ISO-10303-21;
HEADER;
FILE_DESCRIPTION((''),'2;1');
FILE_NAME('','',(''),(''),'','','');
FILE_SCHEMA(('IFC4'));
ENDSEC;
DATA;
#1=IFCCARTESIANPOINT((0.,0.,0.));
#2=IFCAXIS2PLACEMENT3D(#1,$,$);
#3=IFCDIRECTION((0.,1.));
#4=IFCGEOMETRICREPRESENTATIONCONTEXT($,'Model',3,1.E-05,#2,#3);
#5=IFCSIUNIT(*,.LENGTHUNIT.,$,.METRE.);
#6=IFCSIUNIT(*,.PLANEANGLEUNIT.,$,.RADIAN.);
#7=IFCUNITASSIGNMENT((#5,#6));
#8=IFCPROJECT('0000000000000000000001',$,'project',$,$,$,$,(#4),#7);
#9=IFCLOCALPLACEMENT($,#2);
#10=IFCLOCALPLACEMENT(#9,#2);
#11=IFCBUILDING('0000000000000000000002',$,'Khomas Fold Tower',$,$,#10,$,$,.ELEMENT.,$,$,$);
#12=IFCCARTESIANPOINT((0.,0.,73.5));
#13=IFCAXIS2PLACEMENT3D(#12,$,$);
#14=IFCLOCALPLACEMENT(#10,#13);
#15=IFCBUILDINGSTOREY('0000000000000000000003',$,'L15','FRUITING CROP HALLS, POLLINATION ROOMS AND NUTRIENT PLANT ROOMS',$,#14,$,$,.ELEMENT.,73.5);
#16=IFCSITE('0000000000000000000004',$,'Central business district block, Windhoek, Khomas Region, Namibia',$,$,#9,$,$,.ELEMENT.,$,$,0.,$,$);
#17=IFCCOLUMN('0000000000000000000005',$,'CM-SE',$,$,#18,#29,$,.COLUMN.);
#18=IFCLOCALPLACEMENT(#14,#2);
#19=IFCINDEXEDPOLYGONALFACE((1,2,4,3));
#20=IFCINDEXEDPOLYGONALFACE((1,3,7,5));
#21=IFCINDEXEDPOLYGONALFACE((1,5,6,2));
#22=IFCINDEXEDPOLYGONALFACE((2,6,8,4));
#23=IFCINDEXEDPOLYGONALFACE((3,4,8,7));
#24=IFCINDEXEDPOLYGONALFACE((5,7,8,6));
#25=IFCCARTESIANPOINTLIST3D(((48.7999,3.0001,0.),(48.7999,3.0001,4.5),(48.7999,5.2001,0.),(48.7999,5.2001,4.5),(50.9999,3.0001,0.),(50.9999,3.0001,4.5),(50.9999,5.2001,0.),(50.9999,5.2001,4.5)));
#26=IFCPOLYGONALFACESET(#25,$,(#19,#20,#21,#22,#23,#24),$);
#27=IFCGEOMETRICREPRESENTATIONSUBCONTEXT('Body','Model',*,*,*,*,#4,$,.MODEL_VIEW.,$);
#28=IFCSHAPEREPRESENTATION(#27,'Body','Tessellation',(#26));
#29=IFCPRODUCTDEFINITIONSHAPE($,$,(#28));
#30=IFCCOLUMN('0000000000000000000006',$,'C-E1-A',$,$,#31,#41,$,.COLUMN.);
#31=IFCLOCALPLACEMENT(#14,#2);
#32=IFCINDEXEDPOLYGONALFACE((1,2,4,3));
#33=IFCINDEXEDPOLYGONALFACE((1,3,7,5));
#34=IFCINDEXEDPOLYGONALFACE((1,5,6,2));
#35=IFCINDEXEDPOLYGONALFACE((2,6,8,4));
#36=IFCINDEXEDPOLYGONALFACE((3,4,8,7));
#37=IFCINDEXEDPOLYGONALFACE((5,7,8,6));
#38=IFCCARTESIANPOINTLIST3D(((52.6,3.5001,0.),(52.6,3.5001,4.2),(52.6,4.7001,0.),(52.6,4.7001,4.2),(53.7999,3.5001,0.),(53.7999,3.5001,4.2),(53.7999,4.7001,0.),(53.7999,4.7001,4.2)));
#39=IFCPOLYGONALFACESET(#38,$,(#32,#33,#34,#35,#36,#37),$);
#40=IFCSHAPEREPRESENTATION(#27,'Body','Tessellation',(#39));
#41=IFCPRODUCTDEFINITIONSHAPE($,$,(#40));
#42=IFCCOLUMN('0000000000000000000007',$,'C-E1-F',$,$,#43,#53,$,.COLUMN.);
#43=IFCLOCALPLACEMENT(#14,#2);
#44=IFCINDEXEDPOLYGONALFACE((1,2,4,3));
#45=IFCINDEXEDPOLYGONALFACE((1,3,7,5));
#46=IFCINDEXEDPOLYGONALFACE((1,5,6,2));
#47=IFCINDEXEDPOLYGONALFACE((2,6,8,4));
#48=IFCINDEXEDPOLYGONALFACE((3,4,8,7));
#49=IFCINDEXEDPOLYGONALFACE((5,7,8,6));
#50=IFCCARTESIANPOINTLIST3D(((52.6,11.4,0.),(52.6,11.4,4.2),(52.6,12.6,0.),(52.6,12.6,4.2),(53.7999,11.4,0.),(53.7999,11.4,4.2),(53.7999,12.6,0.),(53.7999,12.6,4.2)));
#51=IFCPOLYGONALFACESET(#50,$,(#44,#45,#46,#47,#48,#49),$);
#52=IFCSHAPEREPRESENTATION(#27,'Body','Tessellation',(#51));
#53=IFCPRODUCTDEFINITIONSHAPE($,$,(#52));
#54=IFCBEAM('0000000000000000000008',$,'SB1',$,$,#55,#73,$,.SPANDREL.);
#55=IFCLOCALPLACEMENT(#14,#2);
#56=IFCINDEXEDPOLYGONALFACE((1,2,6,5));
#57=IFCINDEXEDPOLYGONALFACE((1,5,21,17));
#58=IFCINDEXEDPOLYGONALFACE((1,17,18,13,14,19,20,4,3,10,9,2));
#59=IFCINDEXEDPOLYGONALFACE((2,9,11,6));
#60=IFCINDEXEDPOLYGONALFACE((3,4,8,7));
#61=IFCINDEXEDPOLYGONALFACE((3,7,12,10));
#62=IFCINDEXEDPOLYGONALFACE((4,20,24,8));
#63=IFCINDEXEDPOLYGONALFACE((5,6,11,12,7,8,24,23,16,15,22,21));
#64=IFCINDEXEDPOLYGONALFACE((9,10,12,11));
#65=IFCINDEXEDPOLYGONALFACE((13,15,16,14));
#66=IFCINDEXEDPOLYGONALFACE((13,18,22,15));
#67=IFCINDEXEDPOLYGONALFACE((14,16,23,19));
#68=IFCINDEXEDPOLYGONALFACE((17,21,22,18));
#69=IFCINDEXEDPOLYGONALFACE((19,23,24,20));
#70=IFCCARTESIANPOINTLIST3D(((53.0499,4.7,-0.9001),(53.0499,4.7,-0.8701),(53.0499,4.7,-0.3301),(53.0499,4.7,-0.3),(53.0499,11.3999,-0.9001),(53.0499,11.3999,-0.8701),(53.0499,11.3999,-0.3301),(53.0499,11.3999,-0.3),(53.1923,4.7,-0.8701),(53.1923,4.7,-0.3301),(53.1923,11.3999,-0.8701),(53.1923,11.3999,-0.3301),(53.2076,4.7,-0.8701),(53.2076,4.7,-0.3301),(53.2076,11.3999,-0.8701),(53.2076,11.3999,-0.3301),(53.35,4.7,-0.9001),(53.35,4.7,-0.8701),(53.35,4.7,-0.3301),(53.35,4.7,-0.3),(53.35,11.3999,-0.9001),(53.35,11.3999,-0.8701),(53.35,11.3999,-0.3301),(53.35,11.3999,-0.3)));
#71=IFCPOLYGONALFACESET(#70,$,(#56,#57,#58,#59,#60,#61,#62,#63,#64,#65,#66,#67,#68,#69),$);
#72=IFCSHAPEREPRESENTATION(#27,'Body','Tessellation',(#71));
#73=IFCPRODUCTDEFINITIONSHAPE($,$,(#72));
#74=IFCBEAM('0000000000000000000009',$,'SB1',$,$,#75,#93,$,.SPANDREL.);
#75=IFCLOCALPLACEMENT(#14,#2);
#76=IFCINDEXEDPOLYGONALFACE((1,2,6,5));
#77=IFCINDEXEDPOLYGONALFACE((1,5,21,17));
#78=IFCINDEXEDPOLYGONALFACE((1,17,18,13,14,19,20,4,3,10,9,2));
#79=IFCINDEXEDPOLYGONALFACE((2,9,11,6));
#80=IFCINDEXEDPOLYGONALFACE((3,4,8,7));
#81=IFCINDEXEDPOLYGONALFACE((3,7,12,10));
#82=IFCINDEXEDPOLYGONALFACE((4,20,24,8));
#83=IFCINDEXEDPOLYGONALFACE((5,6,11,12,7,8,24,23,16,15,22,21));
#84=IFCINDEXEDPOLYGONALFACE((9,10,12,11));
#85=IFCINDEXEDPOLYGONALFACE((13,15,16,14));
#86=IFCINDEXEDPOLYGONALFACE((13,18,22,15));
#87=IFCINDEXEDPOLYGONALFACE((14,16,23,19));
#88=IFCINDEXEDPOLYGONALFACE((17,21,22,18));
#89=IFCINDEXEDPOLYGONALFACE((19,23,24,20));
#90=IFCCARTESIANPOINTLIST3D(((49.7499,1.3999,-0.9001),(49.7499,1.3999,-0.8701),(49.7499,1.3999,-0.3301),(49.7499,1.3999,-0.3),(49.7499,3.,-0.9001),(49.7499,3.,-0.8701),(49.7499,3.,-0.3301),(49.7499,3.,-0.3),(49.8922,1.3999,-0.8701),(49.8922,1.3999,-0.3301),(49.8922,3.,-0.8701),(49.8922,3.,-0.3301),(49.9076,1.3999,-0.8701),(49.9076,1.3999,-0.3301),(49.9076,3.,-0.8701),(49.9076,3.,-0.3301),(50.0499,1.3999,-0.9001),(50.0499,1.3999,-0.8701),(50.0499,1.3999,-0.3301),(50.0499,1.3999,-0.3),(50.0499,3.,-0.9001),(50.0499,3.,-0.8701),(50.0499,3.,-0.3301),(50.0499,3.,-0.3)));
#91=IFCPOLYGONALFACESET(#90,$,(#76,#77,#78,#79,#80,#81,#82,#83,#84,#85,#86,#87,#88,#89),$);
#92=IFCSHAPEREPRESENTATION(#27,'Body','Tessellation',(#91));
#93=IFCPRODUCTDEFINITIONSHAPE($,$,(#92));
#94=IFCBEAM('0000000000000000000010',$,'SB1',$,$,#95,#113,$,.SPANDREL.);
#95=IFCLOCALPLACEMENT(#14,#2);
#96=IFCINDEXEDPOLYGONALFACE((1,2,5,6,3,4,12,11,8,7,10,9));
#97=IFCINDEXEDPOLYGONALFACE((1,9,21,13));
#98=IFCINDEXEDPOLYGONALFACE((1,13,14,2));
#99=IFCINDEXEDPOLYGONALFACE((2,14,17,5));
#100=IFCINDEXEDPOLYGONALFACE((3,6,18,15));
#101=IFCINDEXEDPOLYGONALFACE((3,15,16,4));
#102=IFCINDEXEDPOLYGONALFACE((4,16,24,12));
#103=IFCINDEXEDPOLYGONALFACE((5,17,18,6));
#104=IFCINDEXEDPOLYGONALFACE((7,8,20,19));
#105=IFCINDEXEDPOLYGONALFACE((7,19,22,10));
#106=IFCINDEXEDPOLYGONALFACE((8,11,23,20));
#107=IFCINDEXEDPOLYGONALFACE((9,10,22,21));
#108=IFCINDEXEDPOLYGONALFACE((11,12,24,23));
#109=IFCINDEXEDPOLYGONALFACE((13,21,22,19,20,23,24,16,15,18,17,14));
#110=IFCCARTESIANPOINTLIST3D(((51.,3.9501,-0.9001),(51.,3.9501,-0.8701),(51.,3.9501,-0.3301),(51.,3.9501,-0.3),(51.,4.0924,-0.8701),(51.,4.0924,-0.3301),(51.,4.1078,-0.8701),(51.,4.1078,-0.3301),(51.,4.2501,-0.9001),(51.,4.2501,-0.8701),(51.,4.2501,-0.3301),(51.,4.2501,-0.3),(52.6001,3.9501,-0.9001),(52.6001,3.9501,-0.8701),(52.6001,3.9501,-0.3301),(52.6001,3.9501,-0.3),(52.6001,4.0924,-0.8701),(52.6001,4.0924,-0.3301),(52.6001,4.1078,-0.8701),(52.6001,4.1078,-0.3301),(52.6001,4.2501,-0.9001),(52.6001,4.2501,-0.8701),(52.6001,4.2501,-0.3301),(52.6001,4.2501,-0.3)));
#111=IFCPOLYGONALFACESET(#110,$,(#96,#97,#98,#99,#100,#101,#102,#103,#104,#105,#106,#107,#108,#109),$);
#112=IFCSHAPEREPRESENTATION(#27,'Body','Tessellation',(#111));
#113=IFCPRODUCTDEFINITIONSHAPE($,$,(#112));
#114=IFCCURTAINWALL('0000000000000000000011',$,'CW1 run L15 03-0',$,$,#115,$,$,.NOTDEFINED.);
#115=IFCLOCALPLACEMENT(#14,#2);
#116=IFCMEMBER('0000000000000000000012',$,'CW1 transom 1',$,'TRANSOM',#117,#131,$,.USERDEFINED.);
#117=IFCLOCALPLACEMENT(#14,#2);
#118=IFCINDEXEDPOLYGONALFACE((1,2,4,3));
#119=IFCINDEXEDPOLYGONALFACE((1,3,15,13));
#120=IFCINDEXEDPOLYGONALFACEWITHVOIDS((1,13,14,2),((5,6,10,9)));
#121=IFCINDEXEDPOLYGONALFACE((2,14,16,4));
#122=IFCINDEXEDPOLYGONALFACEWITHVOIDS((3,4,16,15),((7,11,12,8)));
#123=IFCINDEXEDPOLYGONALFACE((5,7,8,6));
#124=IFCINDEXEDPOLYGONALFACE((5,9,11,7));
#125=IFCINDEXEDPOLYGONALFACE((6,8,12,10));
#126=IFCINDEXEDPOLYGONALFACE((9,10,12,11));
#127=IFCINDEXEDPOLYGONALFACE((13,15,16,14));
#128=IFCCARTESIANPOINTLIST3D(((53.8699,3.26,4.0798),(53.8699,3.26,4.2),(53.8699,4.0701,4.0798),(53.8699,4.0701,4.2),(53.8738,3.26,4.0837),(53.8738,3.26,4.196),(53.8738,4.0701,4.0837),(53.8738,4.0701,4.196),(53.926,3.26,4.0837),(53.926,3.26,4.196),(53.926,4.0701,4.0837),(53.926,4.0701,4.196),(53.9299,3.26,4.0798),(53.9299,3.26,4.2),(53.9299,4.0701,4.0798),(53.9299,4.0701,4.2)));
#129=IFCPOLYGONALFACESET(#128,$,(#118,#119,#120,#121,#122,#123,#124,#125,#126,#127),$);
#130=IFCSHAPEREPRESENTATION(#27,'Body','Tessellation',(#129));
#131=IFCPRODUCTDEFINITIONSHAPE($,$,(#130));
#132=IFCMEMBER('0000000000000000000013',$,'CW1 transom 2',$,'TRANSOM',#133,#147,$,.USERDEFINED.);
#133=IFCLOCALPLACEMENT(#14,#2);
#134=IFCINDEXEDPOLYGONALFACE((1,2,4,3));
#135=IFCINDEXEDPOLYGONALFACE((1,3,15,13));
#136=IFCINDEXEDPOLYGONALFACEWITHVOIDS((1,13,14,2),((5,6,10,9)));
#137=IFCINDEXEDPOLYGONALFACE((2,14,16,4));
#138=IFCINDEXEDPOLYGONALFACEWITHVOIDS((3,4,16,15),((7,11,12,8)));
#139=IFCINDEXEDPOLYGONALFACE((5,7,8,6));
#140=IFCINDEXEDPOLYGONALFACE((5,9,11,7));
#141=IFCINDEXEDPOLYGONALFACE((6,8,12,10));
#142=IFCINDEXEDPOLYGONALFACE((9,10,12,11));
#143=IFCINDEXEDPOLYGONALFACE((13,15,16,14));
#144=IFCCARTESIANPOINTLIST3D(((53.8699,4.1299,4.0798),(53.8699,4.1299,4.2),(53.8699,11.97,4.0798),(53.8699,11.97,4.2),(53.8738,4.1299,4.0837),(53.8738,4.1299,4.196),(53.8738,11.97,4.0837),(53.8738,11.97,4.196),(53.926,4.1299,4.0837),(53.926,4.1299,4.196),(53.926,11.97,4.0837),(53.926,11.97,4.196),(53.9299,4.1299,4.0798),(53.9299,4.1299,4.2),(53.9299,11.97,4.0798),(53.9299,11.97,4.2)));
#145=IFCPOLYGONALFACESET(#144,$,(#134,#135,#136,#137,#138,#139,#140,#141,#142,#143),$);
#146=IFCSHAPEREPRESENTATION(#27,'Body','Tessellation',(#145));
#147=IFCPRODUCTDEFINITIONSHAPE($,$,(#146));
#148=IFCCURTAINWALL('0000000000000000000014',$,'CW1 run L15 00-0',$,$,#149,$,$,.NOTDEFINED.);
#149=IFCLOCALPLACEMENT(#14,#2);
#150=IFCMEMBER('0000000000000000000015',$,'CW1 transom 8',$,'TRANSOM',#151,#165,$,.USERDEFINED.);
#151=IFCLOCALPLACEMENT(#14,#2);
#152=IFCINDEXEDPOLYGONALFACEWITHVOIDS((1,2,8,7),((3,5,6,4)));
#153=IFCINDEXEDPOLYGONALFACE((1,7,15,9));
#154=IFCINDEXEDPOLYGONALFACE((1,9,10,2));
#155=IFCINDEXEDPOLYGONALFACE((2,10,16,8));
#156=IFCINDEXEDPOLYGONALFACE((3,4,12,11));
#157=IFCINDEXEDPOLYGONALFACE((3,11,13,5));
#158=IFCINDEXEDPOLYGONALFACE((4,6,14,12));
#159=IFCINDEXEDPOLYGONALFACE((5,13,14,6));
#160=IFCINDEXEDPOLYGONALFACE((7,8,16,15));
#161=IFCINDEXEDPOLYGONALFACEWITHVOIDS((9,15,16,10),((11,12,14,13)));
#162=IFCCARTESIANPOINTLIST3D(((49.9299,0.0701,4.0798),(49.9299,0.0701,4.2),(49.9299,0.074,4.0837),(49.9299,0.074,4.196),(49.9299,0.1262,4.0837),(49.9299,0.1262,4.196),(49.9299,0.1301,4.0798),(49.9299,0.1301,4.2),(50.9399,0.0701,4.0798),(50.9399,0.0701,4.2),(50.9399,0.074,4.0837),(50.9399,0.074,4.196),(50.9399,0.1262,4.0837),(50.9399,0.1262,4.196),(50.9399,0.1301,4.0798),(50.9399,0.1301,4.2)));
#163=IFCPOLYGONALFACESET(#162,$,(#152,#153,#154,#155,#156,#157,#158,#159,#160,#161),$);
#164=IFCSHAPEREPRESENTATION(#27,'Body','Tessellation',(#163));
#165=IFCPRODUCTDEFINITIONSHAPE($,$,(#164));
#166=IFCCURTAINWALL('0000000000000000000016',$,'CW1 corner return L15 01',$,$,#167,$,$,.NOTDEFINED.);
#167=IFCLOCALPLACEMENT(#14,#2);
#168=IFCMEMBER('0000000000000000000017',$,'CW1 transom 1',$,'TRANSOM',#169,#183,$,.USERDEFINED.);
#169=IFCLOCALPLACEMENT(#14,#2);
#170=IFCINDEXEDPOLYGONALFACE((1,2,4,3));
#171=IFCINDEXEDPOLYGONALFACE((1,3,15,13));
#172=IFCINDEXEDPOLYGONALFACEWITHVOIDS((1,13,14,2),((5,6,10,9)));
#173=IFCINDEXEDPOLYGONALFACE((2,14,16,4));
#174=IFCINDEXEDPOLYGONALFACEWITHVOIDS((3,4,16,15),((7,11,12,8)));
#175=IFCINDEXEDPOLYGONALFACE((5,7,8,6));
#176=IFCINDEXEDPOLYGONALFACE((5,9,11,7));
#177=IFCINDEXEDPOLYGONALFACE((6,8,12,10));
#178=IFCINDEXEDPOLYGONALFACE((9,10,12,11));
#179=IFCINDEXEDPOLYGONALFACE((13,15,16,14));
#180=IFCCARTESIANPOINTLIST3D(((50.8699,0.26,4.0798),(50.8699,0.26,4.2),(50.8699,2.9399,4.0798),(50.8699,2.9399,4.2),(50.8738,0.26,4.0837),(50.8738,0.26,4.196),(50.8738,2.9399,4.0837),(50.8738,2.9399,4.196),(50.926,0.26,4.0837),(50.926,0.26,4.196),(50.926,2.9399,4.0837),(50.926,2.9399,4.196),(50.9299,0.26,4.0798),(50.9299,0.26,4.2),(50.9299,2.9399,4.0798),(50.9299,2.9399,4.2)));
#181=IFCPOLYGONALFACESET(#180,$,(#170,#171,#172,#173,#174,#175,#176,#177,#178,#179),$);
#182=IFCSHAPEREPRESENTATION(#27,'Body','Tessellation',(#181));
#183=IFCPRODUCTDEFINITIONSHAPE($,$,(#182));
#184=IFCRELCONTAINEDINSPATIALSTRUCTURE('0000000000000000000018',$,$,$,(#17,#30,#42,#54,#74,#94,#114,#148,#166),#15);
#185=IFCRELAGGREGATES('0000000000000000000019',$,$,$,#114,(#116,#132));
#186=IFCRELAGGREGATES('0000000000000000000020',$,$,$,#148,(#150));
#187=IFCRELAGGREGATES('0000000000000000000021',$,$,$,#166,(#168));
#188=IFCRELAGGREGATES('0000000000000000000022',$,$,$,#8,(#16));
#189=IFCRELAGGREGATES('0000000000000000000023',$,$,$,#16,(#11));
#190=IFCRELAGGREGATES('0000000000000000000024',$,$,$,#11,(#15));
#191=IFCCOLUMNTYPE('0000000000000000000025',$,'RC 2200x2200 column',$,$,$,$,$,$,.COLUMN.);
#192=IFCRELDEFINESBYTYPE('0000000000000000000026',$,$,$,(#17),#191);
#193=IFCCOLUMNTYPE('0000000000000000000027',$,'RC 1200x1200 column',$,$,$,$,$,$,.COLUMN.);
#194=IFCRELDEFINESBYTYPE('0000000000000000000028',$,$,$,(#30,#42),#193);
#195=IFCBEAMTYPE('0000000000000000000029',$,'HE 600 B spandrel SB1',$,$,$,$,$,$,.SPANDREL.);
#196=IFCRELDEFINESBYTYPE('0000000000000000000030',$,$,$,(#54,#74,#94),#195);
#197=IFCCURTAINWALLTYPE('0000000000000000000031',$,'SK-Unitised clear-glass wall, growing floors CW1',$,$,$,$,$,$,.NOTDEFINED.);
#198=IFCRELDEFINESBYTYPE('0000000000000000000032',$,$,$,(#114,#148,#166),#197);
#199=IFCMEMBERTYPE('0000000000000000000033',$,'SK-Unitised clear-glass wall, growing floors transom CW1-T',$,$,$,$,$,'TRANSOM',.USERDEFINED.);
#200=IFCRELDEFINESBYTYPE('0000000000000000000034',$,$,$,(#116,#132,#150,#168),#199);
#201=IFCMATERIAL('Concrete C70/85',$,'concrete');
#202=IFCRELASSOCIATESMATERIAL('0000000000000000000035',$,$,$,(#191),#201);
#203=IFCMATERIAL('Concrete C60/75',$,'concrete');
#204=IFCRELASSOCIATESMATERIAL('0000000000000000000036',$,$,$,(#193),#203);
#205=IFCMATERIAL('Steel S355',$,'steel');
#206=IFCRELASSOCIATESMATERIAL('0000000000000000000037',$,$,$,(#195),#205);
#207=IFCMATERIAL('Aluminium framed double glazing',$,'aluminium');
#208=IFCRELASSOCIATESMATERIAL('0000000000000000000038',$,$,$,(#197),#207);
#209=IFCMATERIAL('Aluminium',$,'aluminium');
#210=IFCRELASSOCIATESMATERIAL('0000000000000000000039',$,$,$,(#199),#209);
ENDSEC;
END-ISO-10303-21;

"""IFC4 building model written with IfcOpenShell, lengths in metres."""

from ifc_helpers import new_model, si_unit, direction, frame, origin, origin_2d, place, context, subcontext, project, spatial, rectangle, hollow_rectangle, i_section, extrude, source, transform, mapped, material, material_profile, profile_set, type_object, element, aggregate, save


model = new_model("IFC4")

# Units and contexts
model_context = context("Model", 3, precision=1e-05, world=origin(), true_north=direction((0.0, 1.0)))
body_context = subcontext(model_context, "Body", "Model", "MODEL_VIEW")
ifc_project = project(units=[si_unit("LENGTHUNIT", "METRE"), si_unit("PLANEANGLEUNIT", "RADIAN")], contexts=[model_context])

# Site, building, storey
site_placement = place(None, origin())
site = spatial("IfcSite", under=ifc_project, at=site_placement, Name="Central business district block, Windhoek, Khomas Region, Namibia", CompositionType="ELEMENT", RefElevation=0.0)
building_placement = place(site_placement, origin())
building = spatial("IfcBuilding", under=site, at=building_placement, Name="Khomas Fold Tower", CompositionType="ELEMENT")
storey_placement = place(building_placement, frame((0.0, 0.0, 73.5)))
storey = spatial("IfcBuildingStorey", under=building, at=storey_placement, Name="L15", Description="FRUITING CROP HALLS, POLLINATION ROOMS AND NUTRIENT PLANT ROOMS", CompositionType="ELEMENT", Elevation=73.5)

# Columns
ifc_material_1 = material(Name="Concrete C70/85", Category="concrete")
ifc_material_profile_1 = material_profile(ifc_material_1, rectangle(XDim=2.2, YDim=2.2, at=origin_2d()), Name="RC 2200x2200")
ifc_profile_set_1 = profile_set([ifc_material_profile_1], Name="Concrete C70/85")
column_type_1 = type_object("IfcColumnType", Name="RC 2200x2200 column", PredefinedType="COLUMN", material=ifc_profile_set_1)
shared_shape_1 = source(origin(), body_context, "Body", "SweptSolid", [
    extrude(rectangle(XDim=2.2, YDim=2.2, at=origin_2d()), origin(), (0.0, 0.0, 1.0), 4.5),
])
column_placement = place(storey_placement, frame((49.8999, 4.1001, 0.0), z_axis=(0.0, 0.0, 1.0), x_axis=(1.0, 0.0, 0.0)))
element("IfcColumn", 1, at=column_placement, inside=storey, type_object=column_type_1, Name="CM-SE", PredefinedType="COLUMN", context=body_context, shape_type="MappedRepresentation", body=[
    mapped(shared_shape_1, transform((0.0, 0.0, 0.0))),
])
ifc_material_2 = material(Name="Concrete C60/75", Category="concrete")
ifc_material_profile_2 = material_profile(ifc_material_2, rectangle(XDim=1.2, YDim=1.2, at=origin_2d()), Name="RC 1200x1200")
ifc_profile_set_2 = profile_set([ifc_material_profile_2], Name="Concrete C60/75")
column_type_2 = type_object("IfcColumnType", Name="RC 1200x1200 column", PredefinedType="COLUMN", material=ifc_profile_set_2)
shared_shape_2 = source(origin(), body_context, "Body", "SweptSolid", [
    extrude(rectangle(XDim=1.2, YDim=1.2, at=origin_2d()), origin(), (0.0, 0.0, 1.0), 4.2),
])
for number, where, z_axis, x_axis, name in (
    (2, (53.2, 4.1001, 0.0), (0.0, 0.0, 1.0), (1.0, 0.0, 0.0), "C-E1-A"),
    (3, (53.2, 12.0, 0.0), (0.0, 0.0, 1.0), (1.0, 0.0, 0.0), "C-E1-F"),
):
    element("IfcColumn", number, at=place(storey_placement, frame(where, z_axis=z_axis, x_axis=x_axis)), inside=storey, type_object=column_type_2, Name=name, PredefinedType="COLUMN", context=body_context, shape_type="MappedRepresentation", body=[
        mapped(shared_shape_2, transform((0.0, 0.0, 0.0))),
    ])

# Beams
ifc_material_3 = material(Name="Steel S355", Category="steel")
ifc_material_profile_3 = material_profile(ifc_material_3, i_section(OverallWidth=0.3, OverallDepth=0.6001, WebThickness=0.0154, FlangeThickness=0.03, at=origin_2d()), Name="HE 600 B")
ifc_profile_set_3 = profile_set([ifc_material_profile_3], Name="Steel S355")
beam_type = type_object("IfcBeamType", Name="HE 600 B spandrel SB1", PredefinedType="SPANDREL", material=ifc_profile_set_3)
shared_shape_3 = source(origin(), body_context, "Body", "SweptSolid", [
    extrude(i_section(OverallWidth=0.3, OverallDepth=0.6001, WebThickness=0.0154, FlangeThickness=0.03, at=origin_2d()), origin(), (0.0, 0.0, 1.0), 6.7),
])
beam_placement = place(storey_placement, frame((53.2, 4.7, -0.6001), z_axis=(0.0, 1.0, 0.0), x_axis=(-1.0, 0.0, 0.0)))
element("IfcBeam", 4, at=beam_placement, inside=storey, type_object=beam_type, Name="SB1", PredefinedType="SPANDREL", context=body_context, shape_type="MappedRepresentation", body=[
    mapped(shared_shape_3, transform((0.0, 0.0, 0.0))),
])
shared_shape_4 = source(origin(), body_context, "Body", "SweptSolid", [
    extrude(i_section(OverallWidth=0.3, OverallDepth=0.6001, WebThickness=0.0154, FlangeThickness=0.03, at=origin_2d()), origin(), (0.0, 0.0, 1.0), 1.6001),
])
for number, where, z_axis, x_axis, name in (
    (5, (49.8999, 1.3999, -0.6001), (0.0, 1.0, 0.0), (-1.0, 0.0, 0.0), "SB1"),
    (6, (51.0, 4.1001, -0.6001), (1.0, 0.0, 0.0), (0.0, 1.0, 0.0), "SB1"),
):
    element("IfcBeam", number, at=place(storey_placement, frame(where, z_axis=z_axis, x_axis=x_axis)), inside=storey, type_object=beam_type, Name=name, PredefinedType="SPANDREL", context=body_context, shape_type="MappedRepresentation", body=[
        mapped(shared_shape_4, transform((0.0, 0.0, 0.0))),
    ])

# Curtain wall, members
ifc_material_4 = material(Name="Aluminium framed double glazing", Category="aluminium")
curtain_wall_type = type_object("IfcCurtainWallType", Name="SK-Unitised clear-glass wall, growing floors CW1", PredefinedType="NOTDEFINED", material=ifc_material_4)
curtain_wall_1_placement = place(storey_placement, origin())
curtain_wall_1 = element("IfcCurtainWall", 7, at=curtain_wall_1_placement, inside=storey, type_object=curtain_wall_type, Name="CW1 run L15 03-0", PredefinedType="NOTDEFINED")
ifc_material_5 = material(Name="Aluminium", Category="aluminium")
ifc_material_profile_4 = material_profile(ifc_material_5, hollow_rectangle(XDim=0.0601, YDim=0.1201, WallThickness=0.0039, at=origin_2d()), Name="SK-Unitised clear-glass wall, growing floors transom CW1-T")
ifc_profile_set_4 = profile_set([ifc_material_profile_4], Name="Aluminium")
member_type_1 = type_object("IfcMemberType", Name="SK-Unitised clear-glass wall, growing floors transom CW1-T", ElementType="TRANSOM", PredefinedType="USERDEFINED", material=ifc_profile_set_4)
shared_shape_5 = source(origin(), body_context, "Body", "SweptSolid", [
    extrude(hollow_rectangle(XDim=0.0601, YDim=0.1201, WallThickness=0.0039, at=origin_2d()), origin(), (0.0, 0.0, 1.0), 0.8101),
])
member_1_placement = place(storey_placement, frame((53.8999, 3.26, 4.1399), z_axis=(0.0, 1.0, 0.0), x_axis=(-1.0, 0.0, 0.0)))
member_1 = element("IfcMember", 8, at=member_1_placement, type_object=member_type_1, Name="CW1 transom 1", ObjectType="TRANSOM", PredefinedType="USERDEFINED", context=body_context, shape_type="MappedRepresentation", body=[
    mapped(shared_shape_5, transform((0.0, 0.0, 0.0))),
])
shared_shape_6 = source(origin(), body_context, "Body", "SweptSolid", [
    extrude(hollow_rectangle(XDim=0.0601, YDim=0.1201, WallThickness=0.0039, at=origin_2d()), origin(), (0.0, 0.0, 1.0), 7.8401),
])
member_2_placement = place(storey_placement, frame((53.8999, 4.1299, 4.1399), z_axis=(0.0, 1.0, 0.0), x_axis=(-1.0, 0.0, 0.0)))
member_2 = element("IfcMember", 9, at=member_2_placement, type_object=member_type_1, Name="CW1 transom 2", ObjectType="TRANSOM", PredefinedType="USERDEFINED", context=body_context, shape_type="MappedRepresentation", body=[
    mapped(shared_shape_6, transform((0.0, 0.0, 0.0))),
])

# Curtain walls, members
curtain_wall_2_placement = place(storey_placement, origin())
curtain_wall_2 = element("IfcCurtainWall", 10, at=curtain_wall_2_placement, inside=storey, type_object=curtain_wall_type, Name="CW1 run L15 00-0", PredefinedType="NOTDEFINED")
shared_shape_7 = source(origin(), body_context, "Body", "SweptSolid", [
    extrude(hollow_rectangle(XDim=0.0601, YDim=0.1201, WallThickness=0.0039, at=origin_2d()), origin(), (0.0, 0.0, 1.0), 1.01),
])
member_3_placement = place(storey_placement, frame((49.9299, 0.1001, 4.1399), z_axis=(1.0, 0.0, 0.0), x_axis=(0.0, 1.0, 0.0)))
member_3 = element("IfcMember", 11, at=member_3_placement, type_object=member_type_1, Name="CW1 transom 8", ObjectType="TRANSOM", PredefinedType="USERDEFINED", context=body_context, shape_type="MappedRepresentation", body=[
    mapped(shared_shape_7, transform((0.0, 0.0, 0.0))),
])
curtain_wall_3_placement = place(storey_placement, origin())
curtain_wall_3 = element("IfcCurtainWall", 12, at=curtain_wall_3_placement, inside=storey, type_object=curtain_wall_type, Name="CW1 corner return L15 01", PredefinedType="NOTDEFINED")
shared_shape_8 = source(origin(), body_context, "Body", "SweptSolid", [
    extrude(hollow_rectangle(XDim=0.0601, YDim=0.1201, WallThickness=0.0039, at=origin_2d()), origin(), (0.0, 0.0, 1.0), 2.6799),
])
member_4_placement = place(storey_placement, frame((50.8999, 0.26, 4.1399), z_axis=(0.0, 1.0, 0.0), x_axis=(-1.0, 0.0, 0.0)))
member_4 = element("IfcMember", 13, at=member_4_placement, type_object=member_type_1, Name="CW1 transom 1", ObjectType="TRANSOM", PredefinedType="USERDEFINED", context=body_context, shape_type="MappedRepresentation", body=[
    mapped(shared_shape_8, transform((0.0, 0.0, 0.0))),
])

aggregate(curtain_wall_1, [member_1, member_2])
aggregate(curtain_wall_2, [member_3])
aggregate(curtain_wall_3, [member_4])

save(model, "model.ifc")
